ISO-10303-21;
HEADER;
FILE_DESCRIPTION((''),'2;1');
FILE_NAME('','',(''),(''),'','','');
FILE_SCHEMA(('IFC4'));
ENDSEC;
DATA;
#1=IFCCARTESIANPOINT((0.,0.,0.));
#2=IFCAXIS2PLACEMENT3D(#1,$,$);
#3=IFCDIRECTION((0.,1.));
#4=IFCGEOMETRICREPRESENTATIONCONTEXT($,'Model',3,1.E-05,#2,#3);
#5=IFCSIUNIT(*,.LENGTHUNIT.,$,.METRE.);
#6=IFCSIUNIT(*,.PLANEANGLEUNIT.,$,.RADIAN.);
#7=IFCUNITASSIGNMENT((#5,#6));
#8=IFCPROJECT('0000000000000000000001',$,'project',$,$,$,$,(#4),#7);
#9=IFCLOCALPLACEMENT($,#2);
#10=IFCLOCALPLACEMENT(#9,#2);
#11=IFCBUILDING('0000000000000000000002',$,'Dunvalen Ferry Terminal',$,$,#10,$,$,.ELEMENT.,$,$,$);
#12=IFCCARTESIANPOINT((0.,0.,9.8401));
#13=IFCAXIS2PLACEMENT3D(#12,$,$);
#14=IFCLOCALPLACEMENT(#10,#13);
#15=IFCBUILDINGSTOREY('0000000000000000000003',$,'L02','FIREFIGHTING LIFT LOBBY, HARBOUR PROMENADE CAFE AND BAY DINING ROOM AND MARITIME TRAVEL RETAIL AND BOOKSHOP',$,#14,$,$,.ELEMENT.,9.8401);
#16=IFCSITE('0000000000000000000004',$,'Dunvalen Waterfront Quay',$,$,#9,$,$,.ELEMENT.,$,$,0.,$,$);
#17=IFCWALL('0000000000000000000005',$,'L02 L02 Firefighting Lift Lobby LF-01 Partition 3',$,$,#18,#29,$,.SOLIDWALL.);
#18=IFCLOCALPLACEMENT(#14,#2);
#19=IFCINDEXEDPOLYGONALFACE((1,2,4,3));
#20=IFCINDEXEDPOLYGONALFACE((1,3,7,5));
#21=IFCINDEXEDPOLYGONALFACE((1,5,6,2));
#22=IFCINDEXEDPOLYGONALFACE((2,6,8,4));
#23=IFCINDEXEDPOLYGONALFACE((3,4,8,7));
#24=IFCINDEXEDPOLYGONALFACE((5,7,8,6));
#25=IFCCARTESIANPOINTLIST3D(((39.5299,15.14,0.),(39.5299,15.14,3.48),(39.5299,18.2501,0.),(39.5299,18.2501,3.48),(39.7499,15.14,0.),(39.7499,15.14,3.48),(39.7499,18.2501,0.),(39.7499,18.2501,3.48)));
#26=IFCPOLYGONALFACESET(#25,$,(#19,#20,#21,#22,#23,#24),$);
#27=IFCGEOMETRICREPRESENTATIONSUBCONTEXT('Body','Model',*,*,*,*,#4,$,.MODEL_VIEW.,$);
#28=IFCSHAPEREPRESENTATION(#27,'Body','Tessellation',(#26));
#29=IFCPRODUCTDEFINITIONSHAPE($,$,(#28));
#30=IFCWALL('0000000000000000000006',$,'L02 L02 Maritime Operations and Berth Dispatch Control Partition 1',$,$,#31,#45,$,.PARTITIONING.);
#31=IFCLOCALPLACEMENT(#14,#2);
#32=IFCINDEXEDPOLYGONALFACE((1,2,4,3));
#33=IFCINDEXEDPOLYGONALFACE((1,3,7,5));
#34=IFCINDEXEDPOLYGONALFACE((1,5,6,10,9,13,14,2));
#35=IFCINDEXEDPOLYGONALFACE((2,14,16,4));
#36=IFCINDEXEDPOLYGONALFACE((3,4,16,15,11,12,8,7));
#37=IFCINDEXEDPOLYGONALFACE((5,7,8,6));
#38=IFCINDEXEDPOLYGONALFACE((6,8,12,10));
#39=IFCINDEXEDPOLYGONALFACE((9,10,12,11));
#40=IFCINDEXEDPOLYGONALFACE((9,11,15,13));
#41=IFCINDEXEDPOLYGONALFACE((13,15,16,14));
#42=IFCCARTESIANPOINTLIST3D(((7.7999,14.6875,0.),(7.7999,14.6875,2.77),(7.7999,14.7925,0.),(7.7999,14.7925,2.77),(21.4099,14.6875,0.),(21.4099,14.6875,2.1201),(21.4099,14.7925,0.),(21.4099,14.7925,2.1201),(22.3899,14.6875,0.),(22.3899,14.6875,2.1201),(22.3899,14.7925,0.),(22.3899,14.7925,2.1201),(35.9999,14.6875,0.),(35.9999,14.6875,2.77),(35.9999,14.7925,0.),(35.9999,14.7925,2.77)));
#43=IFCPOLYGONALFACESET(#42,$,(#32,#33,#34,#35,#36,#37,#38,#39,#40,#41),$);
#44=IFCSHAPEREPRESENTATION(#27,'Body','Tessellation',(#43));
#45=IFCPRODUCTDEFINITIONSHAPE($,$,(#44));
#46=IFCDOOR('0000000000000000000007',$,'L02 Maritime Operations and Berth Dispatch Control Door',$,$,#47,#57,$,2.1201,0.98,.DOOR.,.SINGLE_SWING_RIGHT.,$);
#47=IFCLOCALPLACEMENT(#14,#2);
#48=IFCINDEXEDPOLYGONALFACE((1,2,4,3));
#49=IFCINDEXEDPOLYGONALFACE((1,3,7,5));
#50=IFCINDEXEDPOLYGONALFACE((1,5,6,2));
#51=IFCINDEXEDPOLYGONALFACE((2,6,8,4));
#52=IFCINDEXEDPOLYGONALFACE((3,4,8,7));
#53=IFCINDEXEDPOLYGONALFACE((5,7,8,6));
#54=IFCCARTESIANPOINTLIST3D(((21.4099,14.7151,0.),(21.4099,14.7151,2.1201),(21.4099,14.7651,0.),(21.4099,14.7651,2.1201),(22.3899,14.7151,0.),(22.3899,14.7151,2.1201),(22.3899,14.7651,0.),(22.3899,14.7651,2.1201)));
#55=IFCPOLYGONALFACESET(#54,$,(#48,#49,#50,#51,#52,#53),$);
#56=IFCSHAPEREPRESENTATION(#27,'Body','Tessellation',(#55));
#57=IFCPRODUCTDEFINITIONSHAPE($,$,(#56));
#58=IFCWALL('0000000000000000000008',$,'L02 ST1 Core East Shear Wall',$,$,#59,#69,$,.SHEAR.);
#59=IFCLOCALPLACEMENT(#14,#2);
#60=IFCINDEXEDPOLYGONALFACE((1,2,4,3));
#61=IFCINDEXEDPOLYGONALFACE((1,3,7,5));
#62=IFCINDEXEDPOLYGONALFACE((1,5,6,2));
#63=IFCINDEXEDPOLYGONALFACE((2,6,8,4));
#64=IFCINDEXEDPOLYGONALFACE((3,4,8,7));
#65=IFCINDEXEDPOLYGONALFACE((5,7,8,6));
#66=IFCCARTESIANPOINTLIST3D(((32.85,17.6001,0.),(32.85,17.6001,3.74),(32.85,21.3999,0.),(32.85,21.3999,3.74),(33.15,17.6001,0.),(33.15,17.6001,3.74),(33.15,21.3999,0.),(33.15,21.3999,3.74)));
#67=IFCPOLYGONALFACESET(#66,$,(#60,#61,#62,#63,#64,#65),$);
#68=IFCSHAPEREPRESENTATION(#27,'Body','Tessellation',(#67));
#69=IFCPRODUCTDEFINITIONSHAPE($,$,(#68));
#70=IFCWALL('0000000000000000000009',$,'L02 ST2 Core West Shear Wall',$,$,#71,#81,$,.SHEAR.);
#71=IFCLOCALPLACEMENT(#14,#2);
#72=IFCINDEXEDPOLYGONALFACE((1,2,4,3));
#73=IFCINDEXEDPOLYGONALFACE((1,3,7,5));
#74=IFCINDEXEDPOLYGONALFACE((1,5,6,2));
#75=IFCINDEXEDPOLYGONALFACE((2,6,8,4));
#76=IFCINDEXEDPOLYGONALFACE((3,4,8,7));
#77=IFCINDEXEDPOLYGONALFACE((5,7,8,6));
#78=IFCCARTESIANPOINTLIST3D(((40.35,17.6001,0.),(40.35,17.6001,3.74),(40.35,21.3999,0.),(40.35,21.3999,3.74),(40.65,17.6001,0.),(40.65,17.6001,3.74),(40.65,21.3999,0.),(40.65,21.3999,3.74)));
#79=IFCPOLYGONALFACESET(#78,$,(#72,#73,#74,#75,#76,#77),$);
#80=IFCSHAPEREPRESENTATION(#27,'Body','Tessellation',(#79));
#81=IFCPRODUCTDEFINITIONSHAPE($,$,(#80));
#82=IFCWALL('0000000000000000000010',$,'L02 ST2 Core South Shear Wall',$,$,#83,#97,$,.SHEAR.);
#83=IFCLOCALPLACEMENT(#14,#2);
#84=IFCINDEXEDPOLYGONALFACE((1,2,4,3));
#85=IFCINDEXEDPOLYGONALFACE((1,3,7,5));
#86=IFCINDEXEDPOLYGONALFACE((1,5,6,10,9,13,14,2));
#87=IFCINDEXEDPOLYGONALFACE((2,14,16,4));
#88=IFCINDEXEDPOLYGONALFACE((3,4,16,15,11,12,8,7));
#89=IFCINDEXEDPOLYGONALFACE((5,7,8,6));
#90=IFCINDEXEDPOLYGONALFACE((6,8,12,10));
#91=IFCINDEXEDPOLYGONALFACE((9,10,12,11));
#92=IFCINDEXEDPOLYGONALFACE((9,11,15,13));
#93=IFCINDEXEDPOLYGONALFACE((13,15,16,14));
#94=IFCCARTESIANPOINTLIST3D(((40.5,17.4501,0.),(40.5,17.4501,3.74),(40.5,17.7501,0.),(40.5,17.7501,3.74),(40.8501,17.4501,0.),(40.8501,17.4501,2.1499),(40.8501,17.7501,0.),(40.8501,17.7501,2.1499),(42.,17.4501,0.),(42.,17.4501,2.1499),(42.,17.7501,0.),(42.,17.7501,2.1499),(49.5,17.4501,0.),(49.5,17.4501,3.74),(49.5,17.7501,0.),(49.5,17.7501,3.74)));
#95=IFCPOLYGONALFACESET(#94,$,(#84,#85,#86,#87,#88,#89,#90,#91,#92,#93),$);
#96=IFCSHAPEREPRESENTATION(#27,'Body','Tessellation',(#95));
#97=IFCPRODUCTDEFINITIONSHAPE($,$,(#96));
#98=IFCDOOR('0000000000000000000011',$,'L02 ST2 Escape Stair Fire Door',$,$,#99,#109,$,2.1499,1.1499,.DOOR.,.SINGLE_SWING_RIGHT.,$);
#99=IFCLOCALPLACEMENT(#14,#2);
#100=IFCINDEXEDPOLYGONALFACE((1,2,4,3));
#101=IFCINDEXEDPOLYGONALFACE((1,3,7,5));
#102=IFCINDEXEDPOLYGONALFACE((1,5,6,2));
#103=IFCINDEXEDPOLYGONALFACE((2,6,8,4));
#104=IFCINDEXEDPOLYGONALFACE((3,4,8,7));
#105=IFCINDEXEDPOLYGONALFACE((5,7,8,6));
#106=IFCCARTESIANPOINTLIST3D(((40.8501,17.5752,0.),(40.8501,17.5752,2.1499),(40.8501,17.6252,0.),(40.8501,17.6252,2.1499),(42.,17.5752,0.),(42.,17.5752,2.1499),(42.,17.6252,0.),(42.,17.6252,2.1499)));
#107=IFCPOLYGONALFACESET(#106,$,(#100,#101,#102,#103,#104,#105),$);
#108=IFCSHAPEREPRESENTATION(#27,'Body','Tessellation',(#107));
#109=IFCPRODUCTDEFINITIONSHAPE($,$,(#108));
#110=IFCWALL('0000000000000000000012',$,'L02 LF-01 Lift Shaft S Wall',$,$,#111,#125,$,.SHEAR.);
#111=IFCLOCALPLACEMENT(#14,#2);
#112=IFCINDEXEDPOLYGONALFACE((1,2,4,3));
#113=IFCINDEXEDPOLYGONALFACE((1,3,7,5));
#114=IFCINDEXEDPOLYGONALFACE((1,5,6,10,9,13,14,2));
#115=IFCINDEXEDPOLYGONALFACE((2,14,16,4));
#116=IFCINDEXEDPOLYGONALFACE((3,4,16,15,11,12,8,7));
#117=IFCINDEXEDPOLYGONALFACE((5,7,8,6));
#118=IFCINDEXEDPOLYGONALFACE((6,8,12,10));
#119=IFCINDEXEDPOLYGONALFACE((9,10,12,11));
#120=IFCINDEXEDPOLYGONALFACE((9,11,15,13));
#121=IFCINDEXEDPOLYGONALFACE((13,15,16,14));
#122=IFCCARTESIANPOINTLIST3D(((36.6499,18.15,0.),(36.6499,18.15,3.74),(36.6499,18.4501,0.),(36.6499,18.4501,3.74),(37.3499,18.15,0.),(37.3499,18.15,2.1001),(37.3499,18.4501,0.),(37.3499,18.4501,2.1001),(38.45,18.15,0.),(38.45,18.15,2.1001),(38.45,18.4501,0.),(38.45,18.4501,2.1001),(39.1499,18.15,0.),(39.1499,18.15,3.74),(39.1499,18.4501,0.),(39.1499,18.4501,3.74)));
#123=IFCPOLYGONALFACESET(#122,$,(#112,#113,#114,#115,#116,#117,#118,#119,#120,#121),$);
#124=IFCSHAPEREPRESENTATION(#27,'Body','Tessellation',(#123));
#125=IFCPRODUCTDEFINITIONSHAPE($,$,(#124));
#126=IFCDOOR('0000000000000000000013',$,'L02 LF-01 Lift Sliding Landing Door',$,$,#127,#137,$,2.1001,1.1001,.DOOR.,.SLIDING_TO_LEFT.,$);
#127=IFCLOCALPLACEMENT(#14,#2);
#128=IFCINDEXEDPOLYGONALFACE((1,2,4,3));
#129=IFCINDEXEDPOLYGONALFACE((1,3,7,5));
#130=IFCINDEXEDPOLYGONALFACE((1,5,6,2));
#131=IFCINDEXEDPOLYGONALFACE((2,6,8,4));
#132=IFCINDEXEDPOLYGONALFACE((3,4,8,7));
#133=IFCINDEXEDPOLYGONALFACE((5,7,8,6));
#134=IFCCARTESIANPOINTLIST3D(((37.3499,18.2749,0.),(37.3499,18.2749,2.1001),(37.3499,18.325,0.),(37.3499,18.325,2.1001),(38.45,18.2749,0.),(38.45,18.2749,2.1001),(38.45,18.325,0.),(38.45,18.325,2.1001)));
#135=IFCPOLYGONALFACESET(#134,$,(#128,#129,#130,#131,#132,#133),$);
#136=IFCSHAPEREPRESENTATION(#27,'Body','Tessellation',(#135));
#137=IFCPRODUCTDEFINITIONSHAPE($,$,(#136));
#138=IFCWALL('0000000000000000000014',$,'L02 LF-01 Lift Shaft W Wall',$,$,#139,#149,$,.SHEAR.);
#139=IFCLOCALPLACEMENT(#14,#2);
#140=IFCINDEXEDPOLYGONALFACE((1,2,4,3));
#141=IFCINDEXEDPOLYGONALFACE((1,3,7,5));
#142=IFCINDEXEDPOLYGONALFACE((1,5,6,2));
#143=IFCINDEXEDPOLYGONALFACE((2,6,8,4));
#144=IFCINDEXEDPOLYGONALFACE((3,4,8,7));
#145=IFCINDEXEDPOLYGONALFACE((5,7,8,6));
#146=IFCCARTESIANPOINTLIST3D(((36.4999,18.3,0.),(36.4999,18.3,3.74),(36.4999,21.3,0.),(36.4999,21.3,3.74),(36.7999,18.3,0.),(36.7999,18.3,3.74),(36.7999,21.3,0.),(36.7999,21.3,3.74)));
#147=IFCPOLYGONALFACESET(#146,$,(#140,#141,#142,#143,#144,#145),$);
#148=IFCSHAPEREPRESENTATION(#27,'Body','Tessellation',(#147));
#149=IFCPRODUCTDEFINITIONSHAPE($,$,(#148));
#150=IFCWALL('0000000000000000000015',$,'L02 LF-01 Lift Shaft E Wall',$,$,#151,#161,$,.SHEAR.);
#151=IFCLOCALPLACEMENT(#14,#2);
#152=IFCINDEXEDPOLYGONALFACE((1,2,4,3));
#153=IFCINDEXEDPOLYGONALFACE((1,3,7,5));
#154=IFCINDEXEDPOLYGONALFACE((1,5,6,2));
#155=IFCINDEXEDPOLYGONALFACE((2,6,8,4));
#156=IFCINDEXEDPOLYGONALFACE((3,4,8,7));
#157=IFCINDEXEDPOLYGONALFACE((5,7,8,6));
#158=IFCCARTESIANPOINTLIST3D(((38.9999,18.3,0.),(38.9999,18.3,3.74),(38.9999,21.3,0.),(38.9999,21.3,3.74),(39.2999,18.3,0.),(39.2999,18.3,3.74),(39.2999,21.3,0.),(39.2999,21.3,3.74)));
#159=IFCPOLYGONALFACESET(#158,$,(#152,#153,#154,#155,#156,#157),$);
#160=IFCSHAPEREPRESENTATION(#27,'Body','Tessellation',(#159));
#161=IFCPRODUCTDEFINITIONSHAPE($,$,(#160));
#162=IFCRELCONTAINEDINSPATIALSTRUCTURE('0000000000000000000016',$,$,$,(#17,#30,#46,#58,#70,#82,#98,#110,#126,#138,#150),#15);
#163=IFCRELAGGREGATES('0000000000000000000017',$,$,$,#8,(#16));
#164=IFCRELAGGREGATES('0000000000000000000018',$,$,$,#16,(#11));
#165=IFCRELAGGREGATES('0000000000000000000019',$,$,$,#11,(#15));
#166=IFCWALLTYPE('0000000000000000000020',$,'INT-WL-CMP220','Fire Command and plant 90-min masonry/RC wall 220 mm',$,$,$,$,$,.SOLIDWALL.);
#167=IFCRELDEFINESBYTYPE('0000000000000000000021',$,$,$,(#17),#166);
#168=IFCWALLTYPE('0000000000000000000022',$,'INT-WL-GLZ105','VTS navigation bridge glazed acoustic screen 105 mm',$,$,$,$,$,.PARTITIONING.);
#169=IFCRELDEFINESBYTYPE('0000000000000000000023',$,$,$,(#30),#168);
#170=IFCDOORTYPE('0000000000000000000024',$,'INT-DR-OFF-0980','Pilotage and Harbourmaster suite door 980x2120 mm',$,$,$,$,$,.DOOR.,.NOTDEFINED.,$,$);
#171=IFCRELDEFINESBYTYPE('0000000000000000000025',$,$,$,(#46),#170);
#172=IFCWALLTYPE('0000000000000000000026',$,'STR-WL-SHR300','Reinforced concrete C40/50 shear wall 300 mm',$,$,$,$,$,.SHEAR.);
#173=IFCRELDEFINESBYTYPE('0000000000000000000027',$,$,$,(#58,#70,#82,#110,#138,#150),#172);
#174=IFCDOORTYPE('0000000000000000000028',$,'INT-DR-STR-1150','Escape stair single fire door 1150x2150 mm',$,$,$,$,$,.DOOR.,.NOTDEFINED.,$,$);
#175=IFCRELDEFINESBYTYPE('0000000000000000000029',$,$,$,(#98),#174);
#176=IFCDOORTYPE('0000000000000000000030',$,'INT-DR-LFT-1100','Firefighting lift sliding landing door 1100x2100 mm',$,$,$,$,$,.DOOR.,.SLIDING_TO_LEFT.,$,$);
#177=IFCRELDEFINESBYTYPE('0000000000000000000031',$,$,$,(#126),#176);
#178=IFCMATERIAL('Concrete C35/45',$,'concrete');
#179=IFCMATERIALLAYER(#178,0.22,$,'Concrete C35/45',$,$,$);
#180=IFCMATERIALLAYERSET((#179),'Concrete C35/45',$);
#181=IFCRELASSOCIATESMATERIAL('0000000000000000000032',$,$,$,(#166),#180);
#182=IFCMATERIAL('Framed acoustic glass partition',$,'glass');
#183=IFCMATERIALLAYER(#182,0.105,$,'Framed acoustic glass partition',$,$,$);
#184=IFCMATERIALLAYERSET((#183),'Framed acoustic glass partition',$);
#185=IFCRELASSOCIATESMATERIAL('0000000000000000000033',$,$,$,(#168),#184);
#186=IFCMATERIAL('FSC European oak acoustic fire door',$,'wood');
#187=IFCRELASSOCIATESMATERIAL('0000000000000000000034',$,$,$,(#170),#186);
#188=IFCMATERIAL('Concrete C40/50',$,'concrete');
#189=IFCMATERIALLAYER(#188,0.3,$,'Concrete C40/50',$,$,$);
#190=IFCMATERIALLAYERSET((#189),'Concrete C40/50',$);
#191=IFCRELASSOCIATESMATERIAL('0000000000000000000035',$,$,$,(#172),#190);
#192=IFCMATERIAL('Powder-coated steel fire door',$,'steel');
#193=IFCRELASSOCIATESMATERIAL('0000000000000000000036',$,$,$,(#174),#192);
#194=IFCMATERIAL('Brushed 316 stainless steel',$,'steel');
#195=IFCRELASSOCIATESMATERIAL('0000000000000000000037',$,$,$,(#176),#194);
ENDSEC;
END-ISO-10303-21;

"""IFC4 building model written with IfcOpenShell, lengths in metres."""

from ifc_helpers import new_model, si_unit, direction, frame, frame_2d, origin, place, context, subcontext, project, spatial, rectangle, extrude, material, layer, layer_set, type_object, element, fill, save


model = new_model("IFC4")

# Units and contexts
model_context = context("Model", 3, precision=1e-05, world=origin(), true_north=direction((0.0, 1.0)))
body_context = subcontext(model_context, "Body", "Model", "MODEL_VIEW")
ifc_project = project(units=[si_unit("LENGTHUNIT", "METRE"), si_unit("PLANEANGLEUNIT", "RADIAN")], contexts=[model_context])

# Site, building, storey
site_placement = place(None, origin())
site = spatial("IfcSite", under=ifc_project, at=site_placement, Name="Dunvalen Waterfront Quay", CompositionType="ELEMENT", RefElevation=0.0)
building_placement = place(site_placement, origin())
building = spatial("IfcBuilding", under=site, at=building_placement, Name="Dunvalen Ferry Terminal", CompositionType="ELEMENT")
storey_placement = place(building_placement, frame((0.0, 0.0, 9.8401)))
storey = spatial("IfcBuildingStorey", under=building, at=storey_placement, Name="L02", Description="FIREFIGHTING LIFT LOBBY, HARBOUR PROMENADE CAFE AND BAY DINING ROOM AND MARITIME TRAVEL RETAIL AND BOOKSHOP", CompositionType="ELEMENT", Elevation=9.8401)

# Shared definitions
ifc_material_1 = material(Name="Concrete C40/50", Category="concrete")

# Shared definitions
ifc_material_2 = material(Name="Concrete C35/45", Category="concrete")

# Shared definitions
ifc_layer_1 = layer(ifc_material_2, 0.22, Name="Concrete C35/45")
ifc_layer_set_1 = layer_set([ifc_layer_1], Name="Concrete C35/45")
wall_type_1 = type_object("IfcWallType", Name="INT-WL-CMP220", Description="Fire Command and plant 90-min masonry/RC wall 220 mm", PredefinedType="SOLIDWALL", material=ifc_layer_set_1)
ifc_material_3 = material(Name="Powder-coated steel fire door", Category="steel")

# Wall
wall_1_placement = place(storey_placement, frame((39.6399, 15.1399, 0.0), z_axis=(0.0, 0.0, 1.0), x_axis=(0.0, 1.0, 0.0)))
element("IfcWall", 1, at=wall_1_placement, inside=storey, type_object=wall_type_1, Name="L02 L02 Firefighting Lift Lobby LF-01 Partition 3", PredefinedType="SOLIDWALL", context=body_context, shape_type="SweptSolid", body=[
    extrude(rectangle(XDim=3.1101, YDim=0.22, at=frame_2d((1.5552, 0.0))), origin(), (0.0, 0.0, 1.0), 3.48),
])

# Wall, opening, door
ifc_material_4 = material(Name="Framed acoustic glass partition", Category="glass")
ifc_layer_2 = layer(ifc_material_4, 0.105, Name="Framed acoustic glass partition")
ifc_layer_set_2 = layer_set([ifc_layer_2], Name="Framed acoustic glass partition")
wall_type_2 = type_object("IfcWallType", Name="INT-WL-GLZ105", Description="VTS navigation bridge glazed acoustic screen 105 mm", PredefinedType="PARTITIONING", material=ifc_layer_set_2)
wall_2_placement = place(storey_placement, frame((36.0, 14.74, 0.0), z_axis=(0.0, 0.0, 1.0), x_axis=(-1.0, 0.0, 0.0)))
wall_2 = element("IfcWall", 2, at=wall_2_placement, inside=storey, type_object=wall_type_2, Name="L02 L02 Maritime Operations and Berth Dispatch Control Partition 1", PredefinedType="PARTITIONING", context=body_context, shape_type="SweptSolid", body=[
    extrude(rectangle(XDim=28.2, YDim=0.105, at=frame_2d((14.1001, 0.0))), origin(), (0.0, 0.0, 1.0), 2.77),
])
opening_1_placement = place(wall_2_placement, frame((13.6101, 0.0, 0.0)))
opening_1 = element("IfcOpeningElement", 3, at=opening_1_placement, cuts=wall_2, PredefinedType="OPENING", context=body_context, shape_type="SweptSolid", body=[
    extrude(rectangle(XDim=0.98, YDim=2.1201, at=frame_2d((0.49, 1.0601))), frame((0.0, 0.0625, 0.0), z_axis=(0.0, -1.0, 0.0), x_axis=(1.0, 0.0, 0.0)), (0.0, 0.0, 1.0), 0.125),
])
ifc_material_5 = material(Name="FSC European oak acoustic fire door", Category="wood")
door_type_1 = type_object("IfcDoorType", Name="INT-DR-OFF-0980", Description="Pilotage and Harbourmaster suite door 980x2120 mm", OperationType="NOTDEFINED", PredefinedType="DOOR", material=ifc_material_5)
door_1_placement = place(opening_1_placement, origin())
door_1 = element("IfcDoor", 4, at=door_1_placement, inside=storey, type_object=door_type_1, Name="L02 Maritime Operations and Berth Dispatch Control Door", OperationType="SINGLE_SWING_RIGHT", OverallHeight=2.1201, OverallWidth=0.98, PredefinedType="DOOR", context=body_context, shape_type="SweptSolid", body=[
    extrude(rectangle(XDim=0.98, YDim=2.1201, at=frame_2d((0.49, 1.0601))), frame((0.0, 0.0249, 0.0), z_axis=(0.0, -1.0, 0.0), x_axis=(1.0, 0.0, 0.0)), (0.0, 0.0, 1.0), 0.05),
])
fill(opening_1, door_1)

# Walls
ifc_layer_3 = layer(ifc_material_1, 0.3, Name="Concrete C40/50")
ifc_layer_set_3 = layer_set([ifc_layer_3], Name="Concrete C40/50")
wall_type_3 = type_object("IfcWallType", Name="STR-WL-SHR300", Description="Reinforced concrete C40/50 shear wall 300 mm", PredefinedType="SHEAR", material=ifc_layer_set_3)
for number, where, z_axis, x_axis, name in (
    (5, (33.0, 17.6001, 0.0), (0.0, 0.0, 1.0), (0.0, 1.0, 0.0), "L02 ST1 Core East Shear Wall"),
    (6, (40.5, 17.6001, 0.0), (0.0, 0.0, 1.0), (0.0, 1.0, 0.0), "L02 ST2 Core West Shear Wall"),
):
    element("IfcWall", number, at=place(storey_placement, frame(where, z_axis=z_axis, x_axis=x_axis)), inside=storey, type_object=wall_type_3, Name=name, PredefinedType="SHEAR", context=body_context, shape_type="SweptSolid", body=[
        extrude(rectangle(XDim=3.7998, YDim=0.3, at=frame_2d((1.8999, 0.0))), origin(), (0.0, 0.0, 1.0), 3.74),
    ])

# Walls, openings, doors
wall_3_placement = place(storey_placement, frame((40.5, 17.6001, 0.0), z_axis=(0.0, 0.0, 1.0), x_axis=(1.0, 0.0, 0.0)))
wall_3 = element("IfcWall", 7, at=wall_3_placement, inside=storey, type_object=wall_type_3, Name="L02 ST2 Core South Shear Wall", PredefinedType="SHEAR", context=body_context, shape_type="SweptSolid", body=[
    extrude(rectangle(XDim=9.0, YDim=0.3, at=frame_2d((4.5, 0.0))), origin(), (0.0, 0.0, 1.0), 3.74),
])
opening_2_placement = place(wall_3_placement, frame((0.3501, 0.0, 0.0)))
opening_2 = element("IfcOpeningElement", 8, at=opening_2_placement, cuts=wall_3, PredefinedType="OPENING", context=body_context, shape_type="SweptSolid", body=[
    extrude(rectangle(XDim=1.1499, YDim=2.1499, at=frame_2d((0.575, 1.075))), frame((0.0, 0.1602, 0.0), z_axis=(0.0, -1.0, 0.0), x_axis=(1.0, 0.0, 0.0)), (0.0, 0.0, 1.0), 0.3201),
])
door_type_2 = type_object("IfcDoorType", Name="INT-DR-STR-1150", Description="Escape stair single fire door 1150x2150 mm", OperationType="NOTDEFINED", PredefinedType="DOOR", material=ifc_material_3)
door_2_placement = place(opening_2_placement, frame((1.1499, 0.0, 0.0), z_axis=(0.0, 0.0, 1.0), x_axis=(-1.0, 0.0, 0.0)))
door_2 = element("IfcDoor", 9, at=door_2_placement, inside=storey, type_object=door_type_2, Name="L02 ST2 Escape Stair Fire Door", OperationType="SINGLE_SWING_RIGHT", OverallHeight=2.1499, OverallWidth=1.1499, PredefinedType="DOOR", context=body_context, shape_type="SweptSolid", body=[
    extrude(rectangle(XDim=1.1499, YDim=2.1499, at=frame_2d((0.575, 1.075))), frame((0.0, 0.0249, 0.0), z_axis=(0.0, -1.0, 0.0), x_axis=(1.0, 0.0, 0.0)), (0.0, 0.0, 1.0), 0.05),
])
fill(opening_2, door_2)
wall_4_placement = place(storey_placement, frame((36.6499, 18.3, 0.0), z_axis=(0.0, 0.0, 1.0), x_axis=(1.0, 0.0, 0.0)))
wall_4 = element("IfcWall", 10, at=wall_4_placement, inside=storey, type_object=wall_type_3, Name="L02 LF-01 Lift Shaft S Wall", PredefinedType="SHEAR", context=body_context, shape_type="SweptSolid", body=[
    extrude(rectangle(XDim=2.5, YDim=0.3, at=frame_2d((1.25, 0.0))), origin(), (0.0, 0.0, 1.0), 3.74),
])
opening_3_placement = place(wall_4_placement, frame((0.7, 0.0, 0.0)))
opening_3 = element("IfcOpeningElement", 11, at=opening_3_placement, cuts=wall_4, PredefinedType="OPENING", context=body_context, shape_type="SweptSolid", body=[
    extrude(rectangle(XDim=1.1001, YDim=2.1001, at=frame_2d((0.55, 1.05))), frame((0.0, 0.1602, 0.0), z_axis=(0.0, -1.0, 0.0), x_axis=(1.0, 0.0, 0.0)), (0.0, 0.0, 1.0), 0.3201),
])
ifc_material_6 = material(Name="Brushed 316 stainless steel", Category="steel")
door_type_3 = type_object("IfcDoorType", Name="INT-DR-LFT-1100", Description="Firefighting lift sliding landing door 1100x2100 mm", OperationType="SLIDING_TO_LEFT", PredefinedType="DOOR", material=ifc_material_6)
door_3_placement = place(opening_3_placement, origin())
door_3 = element("IfcDoor", 12, at=door_3_placement, inside=storey, type_object=door_type_3, Name="L02 LF-01 Lift Sliding Landing Door", OperationType="SLIDING_TO_LEFT", OverallHeight=2.1001, OverallWidth=1.1001, PredefinedType="DOOR", context=body_context, shape_type="SweptSolid", body=[
    extrude(rectangle(XDim=1.1001, YDim=2.1001, at=frame_2d((0.55, 1.05))), frame((0.0, 0.0249, 0.0), z_axis=(0.0, -1.0, 0.0), x_axis=(1.0, 0.0, 0.0)), (0.0, 0.0, 1.0), 0.05),
])
fill(opening_3, door_3)

# Walls
for number, where, z_axis, x_axis, name in (
    (13, (36.6499, 18.3, 0.0), (0.0, 0.0, 1.0), (0.0, 1.0, 0.0), "L02 LF-01 Lift Shaft W Wall"),
    (14, (39.1499, 18.3, 0.0), (0.0, 0.0, 1.0), (0.0, 1.0, 0.0), "L02 LF-01 Lift Shaft E Wall"),
):
    element("IfcWall", number, at=place(storey_placement, frame(where, z_axis=z_axis, x_axis=x_axis)), inside=storey, type_object=wall_type_3, Name=name, PredefinedType="SHEAR", context=body_context, shape_type="SweptSolid", body=[
        extrude(rectangle(XDim=3.0, YDim=0.3, at=frame_2d((1.5, 0.0))), origin(), (0.0, 0.0, 1.0), 3.74),
    ])

save(model, "model.ifc")
